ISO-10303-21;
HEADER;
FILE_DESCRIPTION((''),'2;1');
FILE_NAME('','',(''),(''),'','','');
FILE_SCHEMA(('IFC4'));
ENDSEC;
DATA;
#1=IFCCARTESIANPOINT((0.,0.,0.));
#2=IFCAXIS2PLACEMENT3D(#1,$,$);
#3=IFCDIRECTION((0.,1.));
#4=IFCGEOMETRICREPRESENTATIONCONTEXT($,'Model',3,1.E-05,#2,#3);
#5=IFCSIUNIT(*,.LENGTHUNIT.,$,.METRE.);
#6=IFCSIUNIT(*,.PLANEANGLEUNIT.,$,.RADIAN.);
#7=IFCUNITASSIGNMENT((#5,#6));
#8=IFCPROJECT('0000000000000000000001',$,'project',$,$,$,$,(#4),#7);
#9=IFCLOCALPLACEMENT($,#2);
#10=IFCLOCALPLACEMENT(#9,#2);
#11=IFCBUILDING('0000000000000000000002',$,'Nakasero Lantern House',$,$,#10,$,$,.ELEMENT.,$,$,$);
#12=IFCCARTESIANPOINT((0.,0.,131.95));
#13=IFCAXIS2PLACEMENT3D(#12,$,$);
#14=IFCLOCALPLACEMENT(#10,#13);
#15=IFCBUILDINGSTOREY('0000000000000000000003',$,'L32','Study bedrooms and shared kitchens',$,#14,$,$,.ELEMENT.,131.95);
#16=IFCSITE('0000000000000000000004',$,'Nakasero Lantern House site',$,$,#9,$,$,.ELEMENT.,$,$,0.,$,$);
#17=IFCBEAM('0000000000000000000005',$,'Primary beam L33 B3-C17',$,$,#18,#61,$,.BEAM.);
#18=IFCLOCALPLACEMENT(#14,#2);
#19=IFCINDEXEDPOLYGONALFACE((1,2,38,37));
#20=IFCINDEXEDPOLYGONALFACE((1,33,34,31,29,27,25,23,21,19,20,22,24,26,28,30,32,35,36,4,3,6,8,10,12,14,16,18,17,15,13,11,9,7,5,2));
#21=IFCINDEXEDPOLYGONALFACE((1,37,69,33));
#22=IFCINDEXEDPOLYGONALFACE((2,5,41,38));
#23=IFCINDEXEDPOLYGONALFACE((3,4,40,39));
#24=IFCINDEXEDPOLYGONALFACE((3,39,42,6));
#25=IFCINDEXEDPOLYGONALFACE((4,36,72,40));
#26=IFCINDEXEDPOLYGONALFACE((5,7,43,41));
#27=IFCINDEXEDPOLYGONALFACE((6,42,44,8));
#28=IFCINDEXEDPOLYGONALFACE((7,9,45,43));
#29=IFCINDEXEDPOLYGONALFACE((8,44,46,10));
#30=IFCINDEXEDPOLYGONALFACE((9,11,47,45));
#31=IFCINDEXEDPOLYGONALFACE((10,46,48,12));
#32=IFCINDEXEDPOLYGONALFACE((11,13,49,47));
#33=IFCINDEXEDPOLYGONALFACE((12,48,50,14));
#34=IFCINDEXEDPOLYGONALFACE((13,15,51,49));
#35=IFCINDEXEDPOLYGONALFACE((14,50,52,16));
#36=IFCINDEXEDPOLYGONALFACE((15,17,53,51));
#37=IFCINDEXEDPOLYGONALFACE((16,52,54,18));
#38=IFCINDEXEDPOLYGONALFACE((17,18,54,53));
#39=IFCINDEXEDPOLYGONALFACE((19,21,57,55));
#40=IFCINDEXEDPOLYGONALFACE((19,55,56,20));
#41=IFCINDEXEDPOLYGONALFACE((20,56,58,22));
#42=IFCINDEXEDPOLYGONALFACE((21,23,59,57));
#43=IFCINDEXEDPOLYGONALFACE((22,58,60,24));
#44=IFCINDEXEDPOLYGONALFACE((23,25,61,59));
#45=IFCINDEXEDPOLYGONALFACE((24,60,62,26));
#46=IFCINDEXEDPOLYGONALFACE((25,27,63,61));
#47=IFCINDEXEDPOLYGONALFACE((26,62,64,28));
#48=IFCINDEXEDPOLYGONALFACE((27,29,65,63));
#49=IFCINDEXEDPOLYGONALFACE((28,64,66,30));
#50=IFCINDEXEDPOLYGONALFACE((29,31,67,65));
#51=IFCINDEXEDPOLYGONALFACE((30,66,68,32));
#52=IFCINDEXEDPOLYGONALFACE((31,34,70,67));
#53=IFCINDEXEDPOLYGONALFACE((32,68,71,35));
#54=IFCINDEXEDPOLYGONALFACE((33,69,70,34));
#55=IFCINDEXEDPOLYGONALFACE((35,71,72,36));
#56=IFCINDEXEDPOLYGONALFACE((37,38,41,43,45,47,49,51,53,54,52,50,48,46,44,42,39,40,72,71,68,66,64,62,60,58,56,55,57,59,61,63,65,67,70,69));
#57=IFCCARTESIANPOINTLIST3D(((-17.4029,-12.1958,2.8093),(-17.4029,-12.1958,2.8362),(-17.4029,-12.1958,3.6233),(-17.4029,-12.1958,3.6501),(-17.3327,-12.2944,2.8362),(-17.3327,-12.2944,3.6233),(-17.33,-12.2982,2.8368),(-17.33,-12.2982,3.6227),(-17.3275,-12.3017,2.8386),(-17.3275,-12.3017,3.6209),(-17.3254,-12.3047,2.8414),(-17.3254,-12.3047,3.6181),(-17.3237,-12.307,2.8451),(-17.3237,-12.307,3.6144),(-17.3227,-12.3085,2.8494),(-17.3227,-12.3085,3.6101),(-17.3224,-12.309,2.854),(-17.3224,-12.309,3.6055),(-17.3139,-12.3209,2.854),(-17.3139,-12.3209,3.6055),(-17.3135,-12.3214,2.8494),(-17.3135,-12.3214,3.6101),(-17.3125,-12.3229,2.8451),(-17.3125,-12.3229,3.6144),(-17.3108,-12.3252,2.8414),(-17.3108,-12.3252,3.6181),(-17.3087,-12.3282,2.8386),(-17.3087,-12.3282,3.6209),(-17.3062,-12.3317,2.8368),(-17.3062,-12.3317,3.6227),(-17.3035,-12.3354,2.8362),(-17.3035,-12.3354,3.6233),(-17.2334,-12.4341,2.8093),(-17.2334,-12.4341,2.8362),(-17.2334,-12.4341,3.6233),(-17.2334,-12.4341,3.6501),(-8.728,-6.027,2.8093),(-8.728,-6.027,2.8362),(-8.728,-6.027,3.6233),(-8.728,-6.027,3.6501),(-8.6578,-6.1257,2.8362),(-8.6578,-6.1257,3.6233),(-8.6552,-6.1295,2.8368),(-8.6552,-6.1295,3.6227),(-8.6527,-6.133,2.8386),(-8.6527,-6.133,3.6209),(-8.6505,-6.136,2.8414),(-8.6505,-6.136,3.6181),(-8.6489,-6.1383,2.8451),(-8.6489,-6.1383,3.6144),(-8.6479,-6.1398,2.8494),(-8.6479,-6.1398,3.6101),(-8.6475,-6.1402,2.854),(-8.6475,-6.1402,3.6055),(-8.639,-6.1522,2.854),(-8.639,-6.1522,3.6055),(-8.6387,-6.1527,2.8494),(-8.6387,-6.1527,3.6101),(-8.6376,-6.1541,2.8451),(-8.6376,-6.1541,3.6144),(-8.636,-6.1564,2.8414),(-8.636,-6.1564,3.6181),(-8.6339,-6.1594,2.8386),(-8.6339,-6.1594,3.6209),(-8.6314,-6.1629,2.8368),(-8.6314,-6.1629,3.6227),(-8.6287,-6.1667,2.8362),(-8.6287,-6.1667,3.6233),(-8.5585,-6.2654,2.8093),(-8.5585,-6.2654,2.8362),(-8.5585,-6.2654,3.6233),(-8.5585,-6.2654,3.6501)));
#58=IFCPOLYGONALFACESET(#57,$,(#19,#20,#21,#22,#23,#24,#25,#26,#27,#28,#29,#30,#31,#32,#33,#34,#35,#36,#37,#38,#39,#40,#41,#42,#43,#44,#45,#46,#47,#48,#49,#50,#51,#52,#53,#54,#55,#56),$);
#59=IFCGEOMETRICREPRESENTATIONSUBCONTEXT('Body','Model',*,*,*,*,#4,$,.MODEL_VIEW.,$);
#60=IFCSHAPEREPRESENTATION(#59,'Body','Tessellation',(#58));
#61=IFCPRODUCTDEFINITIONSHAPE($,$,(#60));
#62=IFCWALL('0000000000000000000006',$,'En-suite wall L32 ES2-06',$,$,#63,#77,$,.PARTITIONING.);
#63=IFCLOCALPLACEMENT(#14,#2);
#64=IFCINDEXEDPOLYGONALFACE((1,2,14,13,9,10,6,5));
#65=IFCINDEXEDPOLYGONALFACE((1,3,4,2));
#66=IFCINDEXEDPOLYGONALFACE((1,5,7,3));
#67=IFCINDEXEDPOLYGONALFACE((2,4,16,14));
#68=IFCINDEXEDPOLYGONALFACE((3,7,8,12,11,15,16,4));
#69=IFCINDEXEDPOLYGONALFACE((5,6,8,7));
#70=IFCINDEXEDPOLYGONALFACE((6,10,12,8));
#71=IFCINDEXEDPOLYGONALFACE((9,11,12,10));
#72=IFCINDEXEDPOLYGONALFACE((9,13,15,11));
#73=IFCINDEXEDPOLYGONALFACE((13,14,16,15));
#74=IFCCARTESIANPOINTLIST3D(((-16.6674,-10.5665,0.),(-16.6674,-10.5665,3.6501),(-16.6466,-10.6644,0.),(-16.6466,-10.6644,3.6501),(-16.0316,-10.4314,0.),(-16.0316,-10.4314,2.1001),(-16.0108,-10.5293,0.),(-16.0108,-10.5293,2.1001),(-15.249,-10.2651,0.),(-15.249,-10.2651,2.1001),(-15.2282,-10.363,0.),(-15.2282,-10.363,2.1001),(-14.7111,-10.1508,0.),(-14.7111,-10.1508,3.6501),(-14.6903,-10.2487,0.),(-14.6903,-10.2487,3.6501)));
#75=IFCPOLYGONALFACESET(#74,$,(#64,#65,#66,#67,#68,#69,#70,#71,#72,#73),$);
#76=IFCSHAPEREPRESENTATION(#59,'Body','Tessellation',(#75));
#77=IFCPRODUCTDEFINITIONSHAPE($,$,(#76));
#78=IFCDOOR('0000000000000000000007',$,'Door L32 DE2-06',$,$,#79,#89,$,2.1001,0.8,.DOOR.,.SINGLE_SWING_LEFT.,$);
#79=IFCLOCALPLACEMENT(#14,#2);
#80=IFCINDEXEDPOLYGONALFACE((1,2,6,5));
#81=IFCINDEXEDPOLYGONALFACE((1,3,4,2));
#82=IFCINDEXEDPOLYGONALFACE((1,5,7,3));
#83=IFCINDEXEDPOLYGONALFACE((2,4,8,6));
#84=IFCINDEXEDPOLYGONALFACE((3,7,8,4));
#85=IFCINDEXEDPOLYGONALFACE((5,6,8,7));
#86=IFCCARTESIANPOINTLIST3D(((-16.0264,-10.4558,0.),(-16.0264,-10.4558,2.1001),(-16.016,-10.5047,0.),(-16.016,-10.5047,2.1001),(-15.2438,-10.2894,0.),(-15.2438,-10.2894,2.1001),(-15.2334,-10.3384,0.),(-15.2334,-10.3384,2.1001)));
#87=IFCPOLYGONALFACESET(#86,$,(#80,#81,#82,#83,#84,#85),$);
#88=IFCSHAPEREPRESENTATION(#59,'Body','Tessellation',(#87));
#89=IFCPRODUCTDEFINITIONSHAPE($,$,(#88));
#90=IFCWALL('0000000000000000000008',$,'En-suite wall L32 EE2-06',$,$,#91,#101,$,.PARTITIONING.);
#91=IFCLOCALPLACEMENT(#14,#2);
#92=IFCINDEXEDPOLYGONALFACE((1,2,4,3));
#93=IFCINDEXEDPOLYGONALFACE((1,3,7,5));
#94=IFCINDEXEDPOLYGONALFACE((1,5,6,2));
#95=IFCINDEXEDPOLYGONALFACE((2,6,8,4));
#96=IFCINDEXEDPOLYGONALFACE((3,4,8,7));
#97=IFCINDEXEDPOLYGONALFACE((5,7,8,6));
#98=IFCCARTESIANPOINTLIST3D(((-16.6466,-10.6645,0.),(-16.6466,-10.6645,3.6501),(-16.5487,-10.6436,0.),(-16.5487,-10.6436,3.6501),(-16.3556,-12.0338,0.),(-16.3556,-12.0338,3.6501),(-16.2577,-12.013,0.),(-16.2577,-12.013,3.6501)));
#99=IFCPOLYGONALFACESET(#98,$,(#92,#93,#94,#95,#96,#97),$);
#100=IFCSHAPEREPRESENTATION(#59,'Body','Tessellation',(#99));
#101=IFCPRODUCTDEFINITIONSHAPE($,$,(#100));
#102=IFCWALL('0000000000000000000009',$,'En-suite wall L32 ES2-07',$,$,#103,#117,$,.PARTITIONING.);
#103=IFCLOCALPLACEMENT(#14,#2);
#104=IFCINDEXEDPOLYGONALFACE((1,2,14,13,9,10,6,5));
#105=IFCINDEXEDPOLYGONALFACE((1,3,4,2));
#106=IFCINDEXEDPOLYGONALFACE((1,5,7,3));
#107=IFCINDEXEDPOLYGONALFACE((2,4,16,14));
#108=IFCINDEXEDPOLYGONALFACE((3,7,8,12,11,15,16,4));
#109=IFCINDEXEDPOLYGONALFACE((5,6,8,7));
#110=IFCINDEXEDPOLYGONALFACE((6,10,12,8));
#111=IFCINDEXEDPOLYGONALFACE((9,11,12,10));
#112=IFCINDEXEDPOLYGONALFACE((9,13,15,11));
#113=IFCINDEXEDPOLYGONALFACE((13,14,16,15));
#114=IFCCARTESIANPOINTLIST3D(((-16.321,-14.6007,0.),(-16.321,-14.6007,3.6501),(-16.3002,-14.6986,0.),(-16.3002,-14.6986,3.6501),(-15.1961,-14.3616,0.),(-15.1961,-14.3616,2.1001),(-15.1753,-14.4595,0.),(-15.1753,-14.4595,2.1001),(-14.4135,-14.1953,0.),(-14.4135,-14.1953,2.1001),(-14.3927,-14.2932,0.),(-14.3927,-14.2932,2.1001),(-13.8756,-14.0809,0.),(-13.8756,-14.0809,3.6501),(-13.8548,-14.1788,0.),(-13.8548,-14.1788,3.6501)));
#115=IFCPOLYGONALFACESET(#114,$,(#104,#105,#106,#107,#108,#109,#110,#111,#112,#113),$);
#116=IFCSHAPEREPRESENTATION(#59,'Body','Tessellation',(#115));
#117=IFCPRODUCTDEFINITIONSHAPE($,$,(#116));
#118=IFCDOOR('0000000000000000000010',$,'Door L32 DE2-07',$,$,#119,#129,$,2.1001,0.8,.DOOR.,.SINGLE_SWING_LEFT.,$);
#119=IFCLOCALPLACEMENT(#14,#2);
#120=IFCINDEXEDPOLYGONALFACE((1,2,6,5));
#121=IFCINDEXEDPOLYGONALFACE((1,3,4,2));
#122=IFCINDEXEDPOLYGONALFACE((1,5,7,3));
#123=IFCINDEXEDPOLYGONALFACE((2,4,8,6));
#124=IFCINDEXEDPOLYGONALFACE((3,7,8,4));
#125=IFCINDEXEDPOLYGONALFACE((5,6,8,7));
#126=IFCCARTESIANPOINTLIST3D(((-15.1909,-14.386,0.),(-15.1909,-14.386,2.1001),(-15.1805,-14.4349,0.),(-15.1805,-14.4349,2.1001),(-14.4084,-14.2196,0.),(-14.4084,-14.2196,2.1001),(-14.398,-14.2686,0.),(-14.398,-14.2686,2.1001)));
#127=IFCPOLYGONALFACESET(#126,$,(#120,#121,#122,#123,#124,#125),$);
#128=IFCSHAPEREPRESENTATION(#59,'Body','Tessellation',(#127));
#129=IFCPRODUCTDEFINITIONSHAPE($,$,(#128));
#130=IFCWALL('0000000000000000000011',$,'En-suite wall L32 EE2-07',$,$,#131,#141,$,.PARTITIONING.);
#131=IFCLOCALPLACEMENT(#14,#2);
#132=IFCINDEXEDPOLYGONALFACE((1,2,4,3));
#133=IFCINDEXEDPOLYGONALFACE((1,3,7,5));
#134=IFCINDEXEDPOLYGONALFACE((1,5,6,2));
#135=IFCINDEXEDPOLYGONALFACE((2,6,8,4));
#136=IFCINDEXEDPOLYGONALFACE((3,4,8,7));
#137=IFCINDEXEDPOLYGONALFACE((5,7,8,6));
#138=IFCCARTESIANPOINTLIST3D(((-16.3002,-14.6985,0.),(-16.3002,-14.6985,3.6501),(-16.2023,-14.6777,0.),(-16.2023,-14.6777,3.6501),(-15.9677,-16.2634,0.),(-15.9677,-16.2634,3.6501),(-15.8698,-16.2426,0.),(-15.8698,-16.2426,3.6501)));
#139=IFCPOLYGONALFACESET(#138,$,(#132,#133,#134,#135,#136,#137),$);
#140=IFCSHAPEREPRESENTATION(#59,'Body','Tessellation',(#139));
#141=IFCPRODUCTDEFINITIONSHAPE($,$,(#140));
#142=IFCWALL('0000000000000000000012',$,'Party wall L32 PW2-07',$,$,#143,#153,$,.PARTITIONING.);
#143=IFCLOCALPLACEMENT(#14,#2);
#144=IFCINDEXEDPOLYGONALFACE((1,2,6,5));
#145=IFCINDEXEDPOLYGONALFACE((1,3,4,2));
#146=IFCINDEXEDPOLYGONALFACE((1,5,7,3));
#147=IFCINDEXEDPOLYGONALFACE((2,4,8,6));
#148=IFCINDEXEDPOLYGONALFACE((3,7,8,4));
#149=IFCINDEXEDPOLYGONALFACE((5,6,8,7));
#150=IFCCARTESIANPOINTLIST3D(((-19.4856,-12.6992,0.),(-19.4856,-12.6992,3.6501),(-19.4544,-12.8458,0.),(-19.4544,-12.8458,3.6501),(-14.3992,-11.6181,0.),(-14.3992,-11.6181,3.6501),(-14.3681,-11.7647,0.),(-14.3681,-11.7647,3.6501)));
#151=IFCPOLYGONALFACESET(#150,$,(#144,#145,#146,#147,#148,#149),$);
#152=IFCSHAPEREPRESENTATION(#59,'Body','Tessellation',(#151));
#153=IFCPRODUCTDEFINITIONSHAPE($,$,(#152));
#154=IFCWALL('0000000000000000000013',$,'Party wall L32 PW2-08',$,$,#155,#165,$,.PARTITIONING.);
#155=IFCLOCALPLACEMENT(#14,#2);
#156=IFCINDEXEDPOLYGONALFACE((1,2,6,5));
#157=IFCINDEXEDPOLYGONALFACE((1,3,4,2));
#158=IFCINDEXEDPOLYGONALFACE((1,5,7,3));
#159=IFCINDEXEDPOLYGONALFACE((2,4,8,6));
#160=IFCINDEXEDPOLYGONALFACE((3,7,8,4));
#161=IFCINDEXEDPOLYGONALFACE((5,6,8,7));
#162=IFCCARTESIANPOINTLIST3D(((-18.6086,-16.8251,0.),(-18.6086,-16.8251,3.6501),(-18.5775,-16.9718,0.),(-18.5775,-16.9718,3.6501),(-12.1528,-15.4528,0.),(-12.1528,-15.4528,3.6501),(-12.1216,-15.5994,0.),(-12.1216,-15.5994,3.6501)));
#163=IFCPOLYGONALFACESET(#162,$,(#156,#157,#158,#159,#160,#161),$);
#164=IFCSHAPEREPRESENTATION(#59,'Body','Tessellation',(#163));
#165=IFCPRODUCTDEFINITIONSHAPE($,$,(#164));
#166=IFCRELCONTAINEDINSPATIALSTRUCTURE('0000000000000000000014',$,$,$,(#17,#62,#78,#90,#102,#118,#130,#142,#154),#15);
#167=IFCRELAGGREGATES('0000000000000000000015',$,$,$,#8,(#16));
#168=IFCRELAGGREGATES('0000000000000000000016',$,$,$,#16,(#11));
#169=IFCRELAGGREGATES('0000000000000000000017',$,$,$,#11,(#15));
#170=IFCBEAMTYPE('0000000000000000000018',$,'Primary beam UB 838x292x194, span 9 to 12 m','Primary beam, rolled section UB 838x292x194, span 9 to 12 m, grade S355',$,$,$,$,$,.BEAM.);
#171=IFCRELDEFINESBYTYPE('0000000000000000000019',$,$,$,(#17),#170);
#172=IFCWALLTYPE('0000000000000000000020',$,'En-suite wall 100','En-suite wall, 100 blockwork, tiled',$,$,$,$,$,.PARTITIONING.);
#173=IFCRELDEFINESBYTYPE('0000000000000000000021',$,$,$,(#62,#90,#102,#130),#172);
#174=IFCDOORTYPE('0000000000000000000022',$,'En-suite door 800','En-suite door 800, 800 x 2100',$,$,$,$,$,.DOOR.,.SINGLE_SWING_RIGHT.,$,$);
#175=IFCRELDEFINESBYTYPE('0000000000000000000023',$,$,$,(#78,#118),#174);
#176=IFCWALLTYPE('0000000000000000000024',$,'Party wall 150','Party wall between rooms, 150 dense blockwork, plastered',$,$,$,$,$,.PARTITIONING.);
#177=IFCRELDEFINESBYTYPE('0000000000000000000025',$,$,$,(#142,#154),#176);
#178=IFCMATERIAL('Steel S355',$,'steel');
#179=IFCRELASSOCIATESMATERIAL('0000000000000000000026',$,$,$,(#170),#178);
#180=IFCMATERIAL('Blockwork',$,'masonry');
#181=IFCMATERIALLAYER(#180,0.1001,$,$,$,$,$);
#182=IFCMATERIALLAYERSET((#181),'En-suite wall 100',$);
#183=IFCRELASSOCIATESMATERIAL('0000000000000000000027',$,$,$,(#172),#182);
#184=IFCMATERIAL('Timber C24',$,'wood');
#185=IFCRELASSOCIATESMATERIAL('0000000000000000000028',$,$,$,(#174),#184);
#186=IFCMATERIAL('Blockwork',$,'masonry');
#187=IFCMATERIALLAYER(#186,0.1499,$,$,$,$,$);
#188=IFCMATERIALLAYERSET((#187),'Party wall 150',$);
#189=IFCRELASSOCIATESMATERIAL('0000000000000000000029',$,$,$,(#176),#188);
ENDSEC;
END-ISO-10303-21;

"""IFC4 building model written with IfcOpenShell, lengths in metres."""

from ifc_helpers import new_model, si_unit, direction, frame, frame_2d, origin, origin_2d, place, context, subcontext, project, spatial, rectangle, i_section, extrude, material, layer, layer_set, material_profile, profile_set, type_object, element, fill, save


model = new_model("IFC4")

# Units and contexts
model_context = context("Model", 3, precision=1e-05, world=origin(), true_north=direction((0.0, 1.0)))
body_context = subcontext(model_context, "Body", "Model", "MODEL_VIEW")
ifc_project = project(units=[si_unit("LENGTHUNIT", "METRE"), si_unit("PLANEANGLEUNIT", "RADIAN")], contexts=[model_context])

# Site, building, storey
site_placement = place(None, origin())
site = spatial("IfcSite", under=ifc_project, at=site_placement, Name="Nakasero Lantern House site", CompositionType="ELEMENT", RefElevation=0.0)
building_placement = place(site_placement, origin())
building = spatial("IfcBuilding", under=site, at=building_placement, Name="Nakasero Lantern House", CompositionType="ELEMENT")
storey_placement = place(building_placement, frame((0.0, 0.0, 131.95)))
storey = spatial("IfcBuildingStorey", under=building, at=storey_placement, Name="L32", Description="Study bedrooms and shared kitchens", CompositionType="ELEMENT", Elevation=131.95)

# Beam
ifc_material_1 = material(Name="Steel S355", Category="steel")
ifc_material_profile_1 = material_profile(ifc_material_1, i_section(OverallWidth=0.2925, OverallDepth=0.8408, WebThickness=0.0146, FlangeThickness=0.0269, FilletRadius=0.0178, at=origin_2d()), Name="UB 838x292x194")
ifc_profile_set_1 = profile_set([ifc_material_profile_1], Name="Steel S355")
beam_type_1 = type_object("IfcBeamType", Name="Primary beam UB 838x292x194, span 9 to 12 m", Description="Primary beam, rolled section UB 838x292x194, span 9 to 12 m, grade S355", PredefinedType="BEAM", material=ifc_profile_set_1)
beam_1_placement = place(storey_placement, frame((-17.3181, -12.3149, 3.2297), z_axis=(0.814957, 0.579521, 0.0), x_axis=(-0.579521, 0.814957, 0.0)))
element("IfcBeam", 1, at=beam_1_placement, inside=storey, type_object=beam_type_1, Name="Primary beam L33 B3-C17", PredefinedType="BEAM", context=body_context, shape_type="SweptSolid", body=[
    extrude(i_section(OverallWidth=0.2925, OverallDepth=0.8408, WebThickness=0.0146, FlangeThickness=0.0269, FilletRadius=0.0178, at=origin_2d()), origin(), (0.0, 0.0, 1.0), 10.6445),
])

# Wall, opening, door
ifc_material_2 = material(Name="Blockwork", Category="masonry")
ifc_layer_1 = layer(ifc_material_2, 0.1001)
ifc_layer_set_1 = layer_set([ifc_layer_1], Name="En-suite wall 100")
wall_type_1 = type_object("IfcWallType", Name="En-suite wall 100", Description="En-suite wall, 100 blockwork, tiled", PredefinedType="PARTITIONING", material=ifc_layer_set_1)
wall_1_placement = place(storey_placement, frame((-14.7007, -10.1997, 0.0), z_axis=(0.0, 0.0, 1.0), x_axis=(-0.978153, -0.207886, 0.0)))
wall_1 = element("IfcWall", 2, at=wall_1_placement, inside=storey, type_object=wall_type_1, Name="En-suite wall L32 ES2-06", PredefinedType="PARTITIONING", context=body_context, shape_type="SweptSolid", body=[
    extrude(rectangle(XDim=2.0, YDim=0.1001, at=frame_2d((1.0, 0.0))), origin(), (0.0, 0.0, 1.0), 3.6501),
])
opening_1_placement = place(wall_1_placement, frame((0.55, 0.0, 0.0)))
opening_1 = element("IfcOpeningElement", 3, at=opening_1_placement, cuts=wall_1, PredefinedType="OPENING", context=body_context, shape_type="SweptSolid", body=[
    extrude(rectangle(XDim=0.8, YDim=2.1001, at=frame_2d((0.3999, 1.05))), frame((0.0, 0.0701, 0.0), z_axis=(0.0, -1.0, 0.0), x_axis=(1.0, 0.0, 0.0)), (0.0, 0.0, 1.0), 0.1401),
])
ifc_material_3 = material(Name="Timber C24", Category="wood")
door_type = type_object("IfcDoorType", Name="En-suite door 800", Description="En-suite door 800, 800 x 2100", OperationType="SINGLE_SWING_RIGHT", PredefinedType="DOOR", material=ifc_material_3)
door_1_placement = place(opening_1_placement, origin())
door_1 = element("IfcDoor", 4, at=door_1_placement, inside=storey, type_object=door_type, Name="Door L32 DE2-06", OperationType="SINGLE_SWING_LEFT", OverallHeight=2.1001, OverallWidth=0.8, PredefinedType="DOOR", context=body_context, shape_type="SweptSolid", body=[
    extrude(rectangle(XDim=0.8, YDim=2.1001, at=frame_2d((0.3999, 1.05))), frame((0.0, 0.0249, 0.0), z_axis=(0.0, -1.0, 0.0), x_axis=(1.0, 0.0, 0.0)), (0.0, 0.0, 1.0), 0.05),
])
fill(opening_1, door_1)

# Wall
wall_2_placement = place(storey_placement, frame((-16.5977, -10.6541, 0.0), z_axis=(0.0, 0.0, 1.0), x_axis=(0.207873, -0.978156, 0.0)))
element("IfcWall", 5, at=wall_2_placement, inside=storey, type_object=wall_type_1, Name="En-suite wall L32 EE2-06", PredefinedType="PARTITIONING", context=body_context, shape_type="SweptSolid", body=[
    extrude(rectangle(XDim=1.3999, YDim=0.1001, at=frame_2d((0.7, 0.0))), origin(), (0.0, 0.0, 1.0), 3.6501),
])

# Wall, opening, door
wall_3_placement = place(storey_placement, frame((-13.8652, -14.1299, 0.0), z_axis=(0.0, 0.0, 1.0), x_axis=(-0.978147, -0.207915, 0.0)))
wall_3 = element("IfcWall", 6, at=wall_3_placement, inside=storey, type_object=wall_type_1, Name="En-suite wall L32 ES2-07", PredefinedType="PARTITIONING", context=body_context, shape_type="SweptSolid", body=[
    extrude(rectangle(XDim=2.5, YDim=0.1001, at=frame_2d((1.25, 0.0))), origin(), (0.0, 0.0, 1.0), 3.6501),
])
opening_2_placement = place(wall_3_placement, frame((0.55, 0.0, 0.0)))
opening_2 = element("IfcOpeningElement", 7, at=opening_2_placement, cuts=wall_3, PredefinedType="OPENING", context=body_context, shape_type="SweptSolid", body=[
    extrude(rectangle(XDim=0.8, YDim=2.1001, at=frame_2d((0.3999, 1.05))), frame((0.0, 0.0701, 0.0), z_axis=(0.0, -1.0, 0.0), x_axis=(1.0, 0.0, 0.0)), (0.0, 0.0, 1.0), 0.1401),
])
door_2_placement = place(opening_2_placement, origin())
door_2 = element("IfcDoor", 8, at=door_2_placement, inside=storey, type_object=door_type, Name="Door L32 DE2-07", OperationType="SINGLE_SWING_LEFT", OverallHeight=2.1001, OverallWidth=0.8, PredefinedType="DOOR", context=body_context, shape_type="SweptSolid", body=[
    extrude(rectangle(XDim=0.8, YDim=2.1001, at=frame_2d((0.3999, 1.05))), frame((0.0, 0.0249, 0.0), z_axis=(0.0, -1.0, 0.0), x_axis=(1.0, 0.0, 0.0)), (0.0, 0.0, 1.0), 0.05),
])
fill(opening_2, door_2)

# Walls
wall_4_placement = place(storey_placement, frame((-16.2512, -14.6882, 0.0), z_axis=(0.0, 0.0, 1.0), x_axis=(0.207841, -0.978163, 0.0)))
element("IfcWall", 9, at=wall_4_placement, inside=storey, type_object=wall_type_1, Name="En-suite wall L32 EE2-07", PredefinedType="PARTITIONING", context=body_context, shape_type="SweptSolid", body=[
    extrude(rectangle(XDim=1.5999, YDim=0.1001, at=frame_2d((0.7998, 0.0))), origin(), (0.0, 0.0, 1.0), 3.6501),
])
ifc_material_4 = material(Name="Blockwork", Category="masonry")
ifc_layer_2 = layer(ifc_material_4, 0.1499)
ifc_layer_set_2 = layer_set([ifc_layer_2], Name="Party wall 150")
wall_type_2 = type_object("IfcWallType", Name="Party wall 150", Description="Party wall between rooms, 150 dense blockwork, plastered", PredefinedType="PARTITIONING", material=ifc_layer_set_2)
wall_5_placement = place(storey_placement, frame((-14.3835, -11.6914, 0.0), z_axis=(0.0, 0.0, 1.0), x_axis=(-0.978151, -0.207894, 0.0)))
element("IfcWall", 10, at=wall_5_placement, inside=storey, type_object=wall_type_2, Name="Party wall L32 PW2-07", PredefinedType="PARTITIONING", context=body_context, shape_type="SweptSolid", body=[
    extrude(rectangle(XDim=5.2, YDim=0.1499, at=frame_2d((2.6001, 0.0))), origin(), (0.0, 0.0, 1.0), 3.6501),
])
wall_6_placement = place(storey_placement, frame((-12.1372, -15.5261, 0.0), z_axis=(0.0, 0.0, 1.0), x_axis=(-0.978145, -0.207925, 0.0)))
element("IfcWall", 11, at=wall_6_placement, inside=storey, type_object=wall_type_2, Name="Party wall L32 PW2-08", PredefinedType="PARTITIONING", context=body_context, shape_type="SweptSolid", body=[
    extrude(rectangle(XDim=6.6001, YDim=0.1499, at=frame_2d((3.3, 0.0))), origin(), (0.0, 0.0, 1.0), 3.6501),
])

save(model, "model.ifc")
